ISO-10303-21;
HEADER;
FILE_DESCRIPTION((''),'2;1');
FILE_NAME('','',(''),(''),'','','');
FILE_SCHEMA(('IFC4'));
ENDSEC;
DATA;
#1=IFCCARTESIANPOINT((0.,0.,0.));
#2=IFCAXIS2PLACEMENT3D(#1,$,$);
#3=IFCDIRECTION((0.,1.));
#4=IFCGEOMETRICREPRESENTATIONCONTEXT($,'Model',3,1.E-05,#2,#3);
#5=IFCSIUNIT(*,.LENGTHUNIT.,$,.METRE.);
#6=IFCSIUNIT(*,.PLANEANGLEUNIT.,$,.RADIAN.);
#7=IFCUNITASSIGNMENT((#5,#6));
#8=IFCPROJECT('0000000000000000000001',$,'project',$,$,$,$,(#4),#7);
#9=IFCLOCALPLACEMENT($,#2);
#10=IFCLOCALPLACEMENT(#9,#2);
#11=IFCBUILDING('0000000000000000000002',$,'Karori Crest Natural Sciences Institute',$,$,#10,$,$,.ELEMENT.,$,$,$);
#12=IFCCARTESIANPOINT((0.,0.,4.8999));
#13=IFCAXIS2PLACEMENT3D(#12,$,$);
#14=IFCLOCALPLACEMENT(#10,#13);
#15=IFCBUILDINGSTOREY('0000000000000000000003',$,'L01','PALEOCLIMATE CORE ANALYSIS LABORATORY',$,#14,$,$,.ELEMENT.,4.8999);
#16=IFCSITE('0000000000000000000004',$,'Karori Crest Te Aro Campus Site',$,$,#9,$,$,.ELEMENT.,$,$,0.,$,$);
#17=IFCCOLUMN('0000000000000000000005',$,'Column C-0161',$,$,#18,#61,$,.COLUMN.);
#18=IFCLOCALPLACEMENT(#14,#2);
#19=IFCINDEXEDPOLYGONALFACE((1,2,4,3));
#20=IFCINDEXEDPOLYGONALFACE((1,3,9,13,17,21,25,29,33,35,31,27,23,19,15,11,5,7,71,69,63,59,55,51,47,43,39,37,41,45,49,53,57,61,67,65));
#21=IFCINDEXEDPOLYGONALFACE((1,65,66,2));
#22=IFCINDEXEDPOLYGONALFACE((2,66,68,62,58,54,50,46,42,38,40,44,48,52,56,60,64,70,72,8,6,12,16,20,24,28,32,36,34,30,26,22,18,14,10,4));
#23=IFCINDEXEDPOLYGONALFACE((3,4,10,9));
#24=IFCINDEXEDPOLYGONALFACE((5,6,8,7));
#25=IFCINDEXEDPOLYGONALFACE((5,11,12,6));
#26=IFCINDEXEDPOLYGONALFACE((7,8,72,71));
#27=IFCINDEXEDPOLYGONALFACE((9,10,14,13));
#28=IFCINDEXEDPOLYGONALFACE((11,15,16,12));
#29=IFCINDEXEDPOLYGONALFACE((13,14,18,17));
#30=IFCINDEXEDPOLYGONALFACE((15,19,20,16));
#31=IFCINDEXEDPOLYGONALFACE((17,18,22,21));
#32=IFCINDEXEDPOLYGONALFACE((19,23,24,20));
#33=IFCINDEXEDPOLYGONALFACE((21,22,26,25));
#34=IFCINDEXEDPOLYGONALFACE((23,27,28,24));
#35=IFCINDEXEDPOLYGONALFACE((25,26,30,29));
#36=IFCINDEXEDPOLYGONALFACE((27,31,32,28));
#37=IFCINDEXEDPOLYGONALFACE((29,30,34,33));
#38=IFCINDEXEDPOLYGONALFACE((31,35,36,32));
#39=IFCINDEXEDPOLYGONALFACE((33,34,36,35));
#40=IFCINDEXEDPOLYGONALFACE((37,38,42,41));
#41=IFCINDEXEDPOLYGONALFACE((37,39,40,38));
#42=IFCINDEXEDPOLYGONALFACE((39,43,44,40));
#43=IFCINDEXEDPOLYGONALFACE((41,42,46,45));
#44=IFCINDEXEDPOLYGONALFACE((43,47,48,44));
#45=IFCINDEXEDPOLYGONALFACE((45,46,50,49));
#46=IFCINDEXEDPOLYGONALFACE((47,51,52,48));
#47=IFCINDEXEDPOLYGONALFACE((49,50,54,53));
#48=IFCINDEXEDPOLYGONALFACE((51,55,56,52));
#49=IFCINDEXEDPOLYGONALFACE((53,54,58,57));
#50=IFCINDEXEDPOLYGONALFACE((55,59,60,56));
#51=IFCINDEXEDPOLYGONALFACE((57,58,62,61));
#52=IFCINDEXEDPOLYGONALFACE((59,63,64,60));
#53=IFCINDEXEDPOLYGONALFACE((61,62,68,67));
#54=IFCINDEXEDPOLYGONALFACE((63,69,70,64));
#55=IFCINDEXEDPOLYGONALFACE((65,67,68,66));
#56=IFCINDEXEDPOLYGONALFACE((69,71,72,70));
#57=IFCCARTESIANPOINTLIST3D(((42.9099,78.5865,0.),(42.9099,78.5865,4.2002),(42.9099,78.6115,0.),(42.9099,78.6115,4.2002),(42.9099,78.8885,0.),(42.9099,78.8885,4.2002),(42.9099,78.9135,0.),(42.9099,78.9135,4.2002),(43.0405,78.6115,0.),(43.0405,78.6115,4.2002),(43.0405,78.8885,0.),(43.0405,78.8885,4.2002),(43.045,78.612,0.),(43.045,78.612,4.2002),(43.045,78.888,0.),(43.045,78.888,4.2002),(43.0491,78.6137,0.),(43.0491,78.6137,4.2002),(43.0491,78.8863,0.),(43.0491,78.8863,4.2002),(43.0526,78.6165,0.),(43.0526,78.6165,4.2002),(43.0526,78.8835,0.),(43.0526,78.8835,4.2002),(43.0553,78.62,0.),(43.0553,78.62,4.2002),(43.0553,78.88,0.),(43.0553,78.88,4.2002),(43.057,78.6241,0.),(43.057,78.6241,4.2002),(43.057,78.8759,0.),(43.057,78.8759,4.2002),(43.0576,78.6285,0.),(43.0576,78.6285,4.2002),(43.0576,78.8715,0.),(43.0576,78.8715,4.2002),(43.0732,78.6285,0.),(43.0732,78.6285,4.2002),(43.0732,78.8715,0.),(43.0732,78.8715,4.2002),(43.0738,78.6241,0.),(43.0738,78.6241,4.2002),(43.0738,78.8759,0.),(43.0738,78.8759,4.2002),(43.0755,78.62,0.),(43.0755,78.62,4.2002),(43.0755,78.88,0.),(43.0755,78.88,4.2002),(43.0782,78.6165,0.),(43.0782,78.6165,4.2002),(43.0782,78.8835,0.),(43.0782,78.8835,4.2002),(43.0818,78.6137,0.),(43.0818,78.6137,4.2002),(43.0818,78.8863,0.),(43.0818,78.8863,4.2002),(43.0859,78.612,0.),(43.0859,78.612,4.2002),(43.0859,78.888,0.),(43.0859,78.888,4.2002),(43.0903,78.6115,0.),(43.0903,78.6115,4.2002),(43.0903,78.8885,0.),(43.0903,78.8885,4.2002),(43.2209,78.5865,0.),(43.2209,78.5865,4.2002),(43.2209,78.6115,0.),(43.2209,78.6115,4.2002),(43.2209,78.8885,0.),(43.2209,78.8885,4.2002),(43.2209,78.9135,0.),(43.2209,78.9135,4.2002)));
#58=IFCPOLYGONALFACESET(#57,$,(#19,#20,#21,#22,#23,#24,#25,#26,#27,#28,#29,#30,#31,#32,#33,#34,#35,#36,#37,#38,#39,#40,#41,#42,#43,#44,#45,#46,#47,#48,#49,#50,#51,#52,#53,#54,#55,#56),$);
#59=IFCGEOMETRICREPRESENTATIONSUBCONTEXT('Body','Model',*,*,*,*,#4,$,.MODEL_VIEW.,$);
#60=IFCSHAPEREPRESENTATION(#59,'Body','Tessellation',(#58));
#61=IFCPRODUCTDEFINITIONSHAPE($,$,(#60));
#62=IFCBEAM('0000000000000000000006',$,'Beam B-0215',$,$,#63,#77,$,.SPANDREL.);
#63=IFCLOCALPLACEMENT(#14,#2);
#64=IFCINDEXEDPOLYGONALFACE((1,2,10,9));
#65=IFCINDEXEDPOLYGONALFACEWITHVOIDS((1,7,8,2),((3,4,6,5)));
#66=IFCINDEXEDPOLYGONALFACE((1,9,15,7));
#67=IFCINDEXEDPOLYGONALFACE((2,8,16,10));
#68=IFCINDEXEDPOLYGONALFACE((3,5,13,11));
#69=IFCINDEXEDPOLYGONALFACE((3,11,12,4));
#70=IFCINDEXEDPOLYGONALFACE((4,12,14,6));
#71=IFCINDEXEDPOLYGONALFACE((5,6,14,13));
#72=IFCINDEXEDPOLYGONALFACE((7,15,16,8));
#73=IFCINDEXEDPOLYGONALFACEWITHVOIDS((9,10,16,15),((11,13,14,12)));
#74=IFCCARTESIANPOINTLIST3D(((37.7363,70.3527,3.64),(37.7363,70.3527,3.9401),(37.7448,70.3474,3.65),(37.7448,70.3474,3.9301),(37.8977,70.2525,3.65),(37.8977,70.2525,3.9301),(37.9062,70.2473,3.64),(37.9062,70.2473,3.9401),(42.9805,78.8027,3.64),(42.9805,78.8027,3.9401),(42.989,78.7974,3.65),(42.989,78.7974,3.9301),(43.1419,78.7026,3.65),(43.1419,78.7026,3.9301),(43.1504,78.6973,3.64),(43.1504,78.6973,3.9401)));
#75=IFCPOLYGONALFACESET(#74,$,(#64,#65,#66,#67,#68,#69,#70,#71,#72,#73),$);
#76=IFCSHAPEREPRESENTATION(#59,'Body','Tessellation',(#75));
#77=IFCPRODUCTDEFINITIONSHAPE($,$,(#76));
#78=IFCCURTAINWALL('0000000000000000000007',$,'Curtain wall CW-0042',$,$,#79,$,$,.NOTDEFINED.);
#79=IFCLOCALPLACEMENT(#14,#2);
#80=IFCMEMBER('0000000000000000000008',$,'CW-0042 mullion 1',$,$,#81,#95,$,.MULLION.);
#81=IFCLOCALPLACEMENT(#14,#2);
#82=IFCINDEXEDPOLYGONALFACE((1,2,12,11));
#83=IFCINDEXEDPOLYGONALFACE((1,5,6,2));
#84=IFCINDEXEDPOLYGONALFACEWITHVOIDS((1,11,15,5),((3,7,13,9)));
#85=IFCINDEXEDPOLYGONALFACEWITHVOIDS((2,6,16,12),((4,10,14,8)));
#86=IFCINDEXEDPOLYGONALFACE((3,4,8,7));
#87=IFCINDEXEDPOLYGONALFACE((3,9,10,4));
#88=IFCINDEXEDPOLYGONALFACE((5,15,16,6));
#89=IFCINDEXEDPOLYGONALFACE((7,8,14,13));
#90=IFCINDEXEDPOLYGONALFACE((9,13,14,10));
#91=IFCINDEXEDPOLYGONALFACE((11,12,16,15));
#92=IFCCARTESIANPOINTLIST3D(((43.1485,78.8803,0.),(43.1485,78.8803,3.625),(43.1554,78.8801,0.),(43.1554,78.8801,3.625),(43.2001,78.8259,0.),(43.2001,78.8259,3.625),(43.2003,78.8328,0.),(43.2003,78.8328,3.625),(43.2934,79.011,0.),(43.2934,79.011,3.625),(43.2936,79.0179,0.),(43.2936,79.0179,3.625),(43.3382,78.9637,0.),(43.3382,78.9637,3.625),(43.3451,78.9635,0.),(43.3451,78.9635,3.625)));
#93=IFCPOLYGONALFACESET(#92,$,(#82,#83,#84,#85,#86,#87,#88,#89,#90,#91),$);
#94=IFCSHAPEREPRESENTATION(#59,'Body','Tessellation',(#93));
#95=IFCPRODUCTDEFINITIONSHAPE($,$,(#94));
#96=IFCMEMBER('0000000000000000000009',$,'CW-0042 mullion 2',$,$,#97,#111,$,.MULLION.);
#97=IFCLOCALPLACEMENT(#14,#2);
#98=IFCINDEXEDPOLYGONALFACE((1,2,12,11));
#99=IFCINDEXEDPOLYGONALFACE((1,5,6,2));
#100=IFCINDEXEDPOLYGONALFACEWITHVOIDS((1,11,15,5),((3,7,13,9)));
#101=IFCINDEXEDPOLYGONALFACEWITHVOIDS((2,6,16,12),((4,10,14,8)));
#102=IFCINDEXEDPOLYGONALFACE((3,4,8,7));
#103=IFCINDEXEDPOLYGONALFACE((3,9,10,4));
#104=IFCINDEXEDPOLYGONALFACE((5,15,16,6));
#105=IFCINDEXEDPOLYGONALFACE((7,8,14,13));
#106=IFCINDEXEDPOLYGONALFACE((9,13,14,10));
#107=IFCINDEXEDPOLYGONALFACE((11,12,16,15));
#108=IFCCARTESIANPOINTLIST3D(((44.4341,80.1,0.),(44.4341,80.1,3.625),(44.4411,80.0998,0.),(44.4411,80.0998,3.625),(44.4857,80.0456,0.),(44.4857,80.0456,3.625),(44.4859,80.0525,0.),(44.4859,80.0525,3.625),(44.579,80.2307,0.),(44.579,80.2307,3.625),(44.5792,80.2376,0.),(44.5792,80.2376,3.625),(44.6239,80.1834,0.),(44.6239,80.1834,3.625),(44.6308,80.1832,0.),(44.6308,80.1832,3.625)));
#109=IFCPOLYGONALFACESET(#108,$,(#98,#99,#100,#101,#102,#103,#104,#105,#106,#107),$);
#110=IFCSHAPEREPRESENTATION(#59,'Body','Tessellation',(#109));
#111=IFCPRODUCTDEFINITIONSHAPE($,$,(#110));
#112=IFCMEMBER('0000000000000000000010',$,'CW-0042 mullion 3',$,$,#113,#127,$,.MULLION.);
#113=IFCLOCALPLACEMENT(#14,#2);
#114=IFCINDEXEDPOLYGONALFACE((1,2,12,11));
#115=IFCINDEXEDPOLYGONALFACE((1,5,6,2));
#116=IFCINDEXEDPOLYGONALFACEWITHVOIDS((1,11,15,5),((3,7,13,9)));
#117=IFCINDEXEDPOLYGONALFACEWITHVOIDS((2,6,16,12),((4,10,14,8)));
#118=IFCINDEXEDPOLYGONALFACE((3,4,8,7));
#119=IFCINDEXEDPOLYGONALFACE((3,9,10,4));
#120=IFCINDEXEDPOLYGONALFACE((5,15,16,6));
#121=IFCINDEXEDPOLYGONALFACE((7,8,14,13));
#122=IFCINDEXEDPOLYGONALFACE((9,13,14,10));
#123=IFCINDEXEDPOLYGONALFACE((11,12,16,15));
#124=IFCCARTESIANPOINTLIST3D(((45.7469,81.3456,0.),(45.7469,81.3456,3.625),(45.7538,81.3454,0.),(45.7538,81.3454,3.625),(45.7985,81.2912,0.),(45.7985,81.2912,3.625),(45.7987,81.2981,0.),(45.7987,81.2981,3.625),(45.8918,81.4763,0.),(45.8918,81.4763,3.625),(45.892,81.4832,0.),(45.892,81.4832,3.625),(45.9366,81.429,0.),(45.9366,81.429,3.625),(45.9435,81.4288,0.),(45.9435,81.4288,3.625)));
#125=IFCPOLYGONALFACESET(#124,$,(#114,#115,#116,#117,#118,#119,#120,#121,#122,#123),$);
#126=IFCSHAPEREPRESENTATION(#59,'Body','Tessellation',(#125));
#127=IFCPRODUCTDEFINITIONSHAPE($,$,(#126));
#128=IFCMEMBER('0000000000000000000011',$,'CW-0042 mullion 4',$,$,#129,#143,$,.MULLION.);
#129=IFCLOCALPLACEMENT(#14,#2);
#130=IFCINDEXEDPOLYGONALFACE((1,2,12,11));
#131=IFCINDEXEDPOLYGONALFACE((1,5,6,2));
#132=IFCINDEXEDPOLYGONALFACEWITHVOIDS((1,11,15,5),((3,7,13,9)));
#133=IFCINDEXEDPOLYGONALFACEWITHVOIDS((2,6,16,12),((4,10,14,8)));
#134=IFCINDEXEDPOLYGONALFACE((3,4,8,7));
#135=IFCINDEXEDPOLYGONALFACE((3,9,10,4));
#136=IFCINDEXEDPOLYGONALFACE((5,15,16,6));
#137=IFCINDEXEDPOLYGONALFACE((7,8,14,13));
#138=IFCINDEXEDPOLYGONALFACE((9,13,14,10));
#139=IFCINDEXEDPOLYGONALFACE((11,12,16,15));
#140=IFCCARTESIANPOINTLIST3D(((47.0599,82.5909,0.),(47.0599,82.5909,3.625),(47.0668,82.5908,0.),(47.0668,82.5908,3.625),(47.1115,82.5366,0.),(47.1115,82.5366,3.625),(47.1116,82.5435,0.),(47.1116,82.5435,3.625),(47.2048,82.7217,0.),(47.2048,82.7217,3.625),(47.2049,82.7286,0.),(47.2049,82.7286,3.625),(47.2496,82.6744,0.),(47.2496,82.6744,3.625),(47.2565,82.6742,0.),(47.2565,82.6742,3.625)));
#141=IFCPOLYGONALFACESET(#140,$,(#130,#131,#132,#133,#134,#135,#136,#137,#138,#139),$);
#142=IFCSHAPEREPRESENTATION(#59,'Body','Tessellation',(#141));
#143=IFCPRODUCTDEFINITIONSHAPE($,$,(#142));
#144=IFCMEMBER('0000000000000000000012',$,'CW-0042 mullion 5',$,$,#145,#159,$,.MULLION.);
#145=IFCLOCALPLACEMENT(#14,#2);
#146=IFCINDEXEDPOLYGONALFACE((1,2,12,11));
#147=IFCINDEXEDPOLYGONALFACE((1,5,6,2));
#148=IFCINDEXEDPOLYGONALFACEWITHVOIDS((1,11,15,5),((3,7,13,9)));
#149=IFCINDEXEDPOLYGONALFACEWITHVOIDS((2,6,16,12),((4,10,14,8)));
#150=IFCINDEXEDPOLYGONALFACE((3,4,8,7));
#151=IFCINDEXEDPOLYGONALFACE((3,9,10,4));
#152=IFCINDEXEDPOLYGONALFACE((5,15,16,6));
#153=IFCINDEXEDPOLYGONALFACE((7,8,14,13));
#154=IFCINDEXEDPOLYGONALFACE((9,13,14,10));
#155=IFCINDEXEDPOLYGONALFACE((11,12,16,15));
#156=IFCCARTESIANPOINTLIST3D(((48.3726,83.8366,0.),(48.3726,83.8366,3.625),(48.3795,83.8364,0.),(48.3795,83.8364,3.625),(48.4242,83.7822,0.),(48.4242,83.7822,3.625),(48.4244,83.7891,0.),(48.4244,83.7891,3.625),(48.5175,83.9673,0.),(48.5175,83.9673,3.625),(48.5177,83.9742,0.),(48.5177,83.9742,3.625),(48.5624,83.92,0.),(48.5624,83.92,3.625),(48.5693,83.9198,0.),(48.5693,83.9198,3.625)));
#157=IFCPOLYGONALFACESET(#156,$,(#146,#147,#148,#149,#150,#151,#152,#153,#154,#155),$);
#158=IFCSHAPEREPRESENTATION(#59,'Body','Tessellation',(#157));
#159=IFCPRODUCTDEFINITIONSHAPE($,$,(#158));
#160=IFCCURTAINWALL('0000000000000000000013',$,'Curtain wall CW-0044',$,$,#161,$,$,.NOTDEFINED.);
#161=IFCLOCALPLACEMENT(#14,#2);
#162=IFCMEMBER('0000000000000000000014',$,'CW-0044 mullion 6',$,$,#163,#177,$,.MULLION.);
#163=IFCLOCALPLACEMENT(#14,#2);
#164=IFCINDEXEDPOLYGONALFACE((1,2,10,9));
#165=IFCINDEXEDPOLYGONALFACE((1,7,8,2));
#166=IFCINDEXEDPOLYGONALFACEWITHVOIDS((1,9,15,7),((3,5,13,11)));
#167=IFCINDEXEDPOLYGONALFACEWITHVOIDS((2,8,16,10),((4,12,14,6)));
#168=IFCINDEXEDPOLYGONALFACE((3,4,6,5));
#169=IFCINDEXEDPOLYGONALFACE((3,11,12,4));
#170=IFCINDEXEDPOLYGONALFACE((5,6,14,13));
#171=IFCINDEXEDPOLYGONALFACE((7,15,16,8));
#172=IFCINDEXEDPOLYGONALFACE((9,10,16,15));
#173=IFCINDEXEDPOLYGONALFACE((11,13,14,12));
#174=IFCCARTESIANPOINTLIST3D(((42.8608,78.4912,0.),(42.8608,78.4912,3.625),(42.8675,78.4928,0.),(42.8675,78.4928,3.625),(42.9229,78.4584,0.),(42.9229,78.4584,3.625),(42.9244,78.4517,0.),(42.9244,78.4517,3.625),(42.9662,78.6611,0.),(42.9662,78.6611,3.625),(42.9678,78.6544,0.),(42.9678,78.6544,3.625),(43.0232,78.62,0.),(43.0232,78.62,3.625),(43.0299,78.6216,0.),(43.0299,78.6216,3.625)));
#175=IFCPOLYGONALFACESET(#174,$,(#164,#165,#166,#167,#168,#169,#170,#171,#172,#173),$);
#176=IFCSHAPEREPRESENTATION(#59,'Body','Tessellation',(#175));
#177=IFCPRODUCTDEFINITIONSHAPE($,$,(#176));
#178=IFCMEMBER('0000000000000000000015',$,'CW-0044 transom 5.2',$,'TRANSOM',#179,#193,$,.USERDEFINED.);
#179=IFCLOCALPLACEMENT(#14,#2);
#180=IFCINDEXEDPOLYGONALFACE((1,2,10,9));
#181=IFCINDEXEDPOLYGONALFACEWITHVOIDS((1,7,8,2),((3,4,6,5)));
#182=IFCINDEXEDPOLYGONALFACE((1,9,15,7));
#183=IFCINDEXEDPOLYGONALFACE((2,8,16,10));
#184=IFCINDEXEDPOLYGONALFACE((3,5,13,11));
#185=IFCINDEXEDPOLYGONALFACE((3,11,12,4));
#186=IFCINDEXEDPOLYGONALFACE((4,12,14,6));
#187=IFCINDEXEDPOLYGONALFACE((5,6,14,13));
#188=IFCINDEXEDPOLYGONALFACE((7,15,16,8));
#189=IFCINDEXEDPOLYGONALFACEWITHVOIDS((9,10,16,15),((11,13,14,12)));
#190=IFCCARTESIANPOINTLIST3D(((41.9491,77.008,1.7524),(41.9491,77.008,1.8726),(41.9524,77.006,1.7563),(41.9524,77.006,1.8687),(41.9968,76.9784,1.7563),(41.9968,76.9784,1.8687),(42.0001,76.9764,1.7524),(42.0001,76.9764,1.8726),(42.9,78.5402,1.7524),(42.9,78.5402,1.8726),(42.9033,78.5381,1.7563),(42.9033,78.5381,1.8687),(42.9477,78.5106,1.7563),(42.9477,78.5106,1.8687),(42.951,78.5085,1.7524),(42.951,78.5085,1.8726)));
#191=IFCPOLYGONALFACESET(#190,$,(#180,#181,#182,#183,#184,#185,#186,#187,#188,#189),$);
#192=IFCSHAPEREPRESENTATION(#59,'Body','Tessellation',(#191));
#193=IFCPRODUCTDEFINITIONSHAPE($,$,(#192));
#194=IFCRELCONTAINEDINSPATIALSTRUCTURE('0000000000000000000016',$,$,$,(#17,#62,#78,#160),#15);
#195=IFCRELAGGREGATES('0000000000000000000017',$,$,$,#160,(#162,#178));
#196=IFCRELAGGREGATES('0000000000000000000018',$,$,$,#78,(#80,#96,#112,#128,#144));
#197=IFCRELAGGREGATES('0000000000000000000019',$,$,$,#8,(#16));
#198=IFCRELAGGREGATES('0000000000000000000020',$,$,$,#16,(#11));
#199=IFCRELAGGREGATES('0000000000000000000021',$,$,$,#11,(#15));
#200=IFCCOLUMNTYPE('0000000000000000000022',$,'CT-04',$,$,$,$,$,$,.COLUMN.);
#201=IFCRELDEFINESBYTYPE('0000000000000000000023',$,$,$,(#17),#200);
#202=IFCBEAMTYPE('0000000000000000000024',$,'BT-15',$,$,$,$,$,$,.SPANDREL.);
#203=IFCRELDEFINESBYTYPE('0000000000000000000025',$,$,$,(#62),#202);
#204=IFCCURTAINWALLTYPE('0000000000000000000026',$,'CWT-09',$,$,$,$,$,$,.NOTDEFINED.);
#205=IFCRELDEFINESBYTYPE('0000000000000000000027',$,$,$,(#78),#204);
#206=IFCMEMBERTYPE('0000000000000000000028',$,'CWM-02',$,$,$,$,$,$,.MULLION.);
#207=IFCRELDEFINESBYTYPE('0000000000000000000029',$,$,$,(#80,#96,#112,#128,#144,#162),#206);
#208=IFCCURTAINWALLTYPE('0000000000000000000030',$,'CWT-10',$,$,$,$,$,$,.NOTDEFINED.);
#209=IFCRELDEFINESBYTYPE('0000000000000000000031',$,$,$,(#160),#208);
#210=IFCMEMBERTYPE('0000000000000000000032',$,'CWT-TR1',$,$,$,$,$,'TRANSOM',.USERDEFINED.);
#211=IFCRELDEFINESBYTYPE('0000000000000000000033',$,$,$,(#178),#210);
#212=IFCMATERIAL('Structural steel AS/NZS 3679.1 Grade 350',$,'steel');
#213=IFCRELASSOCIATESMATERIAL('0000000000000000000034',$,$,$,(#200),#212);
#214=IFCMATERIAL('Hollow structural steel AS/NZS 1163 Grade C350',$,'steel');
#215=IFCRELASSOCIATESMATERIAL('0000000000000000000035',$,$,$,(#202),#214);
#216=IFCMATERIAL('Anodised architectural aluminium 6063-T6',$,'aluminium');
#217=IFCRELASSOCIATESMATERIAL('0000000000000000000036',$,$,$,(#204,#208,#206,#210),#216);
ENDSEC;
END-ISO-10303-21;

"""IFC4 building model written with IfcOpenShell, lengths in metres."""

from ifc_helpers import new_model, si_unit, direction, frame, origin, origin_2d, place, context, subcontext, project, spatial, hollow_rectangle, i_section, extrude, material, material_profile, profile_set, type_object, element, aggregate, save


model = new_model("IFC4")

# Units and contexts
model_context = context("Model", 3, precision=1e-05, world=origin(), true_north=direction((0.0, 1.0)))
body_context = subcontext(model_context, "Body", "Model", "MODEL_VIEW")
ifc_project = project(units=[si_unit("LENGTHUNIT", "METRE"), si_unit("PLANEANGLEUNIT", "RADIAN")], contexts=[model_context])

# Site, building, storey
site_placement = place(None, origin())
site = spatial("IfcSite", under=ifc_project, at=site_placement, Name="Karori Crest Te Aro Campus Site", CompositionType="ELEMENT", RefElevation=0.0)
building_placement = place(site_placement, origin())
building = spatial("IfcBuilding", under=site, at=building_placement, Name="Karori Crest Natural Sciences Institute", CompositionType="ELEMENT")
storey_placement = place(building_placement, frame((0.0, 0.0, 4.8999)))
storey = spatial("IfcBuildingStorey", under=building, at=storey_placement, Name="L01", Description="PALEOCLIMATE CORE ANALYSIS LABORATORY", CompositionType="ELEMENT", Elevation=4.8999)

# Column
ifc_material_1 = material(Name="Structural steel AS/NZS 3679.1 Grade 350", Category="steel")
ifc_material_profile_1 = material_profile(ifc_material_1, i_section(OverallWidth=0.311, OverallDepth=0.3269, WebThickness=0.0156, FlangeThickness=0.0249, FilletRadius=0.0171, at=origin_2d()), Name="310UC158")
ifc_profile_set_1 = profile_set([ifc_material_profile_1], Name="Structural steel AS/NZS 3679.1 Grade 350")
column_type = type_object("IfcColumnType", Name="CT-04", PredefinedType="COLUMN", material=ifc_profile_set_1)
column_placement = place(storey_placement, frame((43.0654, 78.75, 0.0), z_axis=(0.0, 0.0, 1.0), x_axis=(1.0, 0.0, 0.0)))
element("IfcColumn", 1, at=column_placement, inside=storey, type_object=column_type, Name="Column C-0161", PredefinedType="COLUMN", context=body_context, shape_type="SweptSolid", body=[
    extrude(i_section(OverallWidth=0.311, OverallDepth=0.3269, WebThickness=0.0156, FlangeThickness=0.0249, FilletRadius=0.0171, at=origin_2d()), origin(), (0.0, 0.0, 1.0), 4.2002),
])

# Beam
ifc_material_2 = material(Name="Hollow structural steel AS/NZS 1163 Grade C350", Category="steel")
ifc_material_profile_2 = material_profile(ifc_material_2, hollow_rectangle(XDim=0.2, YDim=0.3, WallThickness=0.01, at=origin_2d()), Name="RHS300x200x10")
ifc_profile_set_2 = profile_set([ifc_material_profile_2], Name="Hollow structural steel AS/NZS 1163 Grade C350")
beam_type = type_object("IfcBeamType", Name="BT-15", PredefinedType="SPANDREL", material=ifc_profile_set_2)
beam_placement = place(storey_placement, frame((43.0654, 78.75, 3.79), z_axis=(-0.527315, -0.84967, 0.0), x_axis=(0.84967, -0.527315, 0.0)))
element("IfcBeam", 2, at=beam_placement, inside=storey, type_object=beam_type, Name="Beam B-0215", PredefinedType="SPANDREL", context=body_context, shape_type="SweptSolid", body=[
    extrude(hollow_rectangle(XDim=0.2, YDim=0.3, WallThickness=0.01, at=origin_2d()), origin(), (0.0, 0.0, 1.0), 9.9451),
])

# Curtain walls, members
ifc_material_3 = material(Name="Anodised architectural aluminium 6063-T6", Category="aluminium")
curtain_wall_type_1 = type_object("IfcCurtainWallType", Name="CWT-09", PredefinedType="NOTDEFINED", material=ifc_material_3)
curtain_wall_1_placement = place(storey_placement, origin())
curtain_wall_1 = element("IfcCurtainWall", 3, at=curtain_wall_1_placement, inside=storey, type_object=curtain_wall_type_1, Name="Curtain wall CW-0042", PredefinedType="NOTDEFINED")
ifc_material_profile_3 = material_profile(ifc_material_3, hollow_rectangle(XDim=0.075, YDim=0.2, WallThickness=0.0049, at=origin_2d()), Name="CWM200x75x5")
ifc_profile_set_3 = profile_set([ifc_material_profile_3], Name="Anodised architectural aluminium 6063-T6")
member_type_1 = type_object("IfcMemberType", Name="CWM-02", PredefinedType="MULLION", material=ifc_profile_set_3)
member_1_placement = place(storey_placement, frame((43.2468, 78.9219, 0.0), z_axis=(0.0, 0.0, 1.0), x_axis=(-0.688251, 0.725473, 0.0)))
member_1 = element("IfcMember", 4, at=member_1_placement, type_object=member_type_1, Name="CW-0042 mullion 1", PredefinedType="MULLION", context=body_context, shape_type="SweptSolid", body=[
    extrude(hollow_rectangle(XDim=0.075, YDim=0.2, WallThickness=0.0049, at=origin_2d()), origin(), (0.0, 0.0, 1.0), 3.625),
])
member_2_placement = place(storey_placement, frame((44.5325, 80.1416, 0.0), z_axis=(0.0, 0.0, 1.0), x_axis=(-0.688251, 0.725473, 0.0)))
member_2 = element("IfcMember", 5, at=member_2_placement, type_object=member_type_1, Name="CW-0042 mullion 2", PredefinedType="MULLION", context=body_context, shape_type="SweptSolid", body=[
    extrude(hollow_rectangle(XDim=0.075, YDim=0.2, WallThickness=0.0049, at=origin_2d()), origin(), (0.0, 0.0, 1.0), 3.625),
])
member_3_placement = place(storey_placement, frame((45.8452, 81.3872, 0.0), z_axis=(0.0, 0.0, 1.0), x_axis=(-0.688251, 0.725473, 0.0)))
member_3 = element("IfcMember", 6, at=member_3_placement, type_object=member_type_1, Name="CW-0042 mullion 3", PredefinedType="MULLION", context=body_context, shape_type="SweptSolid", body=[
    extrude(hollow_rectangle(XDim=0.075, YDim=0.2, WallThickness=0.0049, at=origin_2d()), origin(), (0.0, 0.0, 1.0), 3.625),
])
member_4_placement = place(storey_placement, frame((47.1582, 82.6326, 0.0), z_axis=(0.0, 0.0, 1.0), x_axis=(-0.688251, 0.725473, 0.0)))
member_4 = element("IfcMember", 7, at=member_4_placement, type_object=member_type_1, Name="CW-0042 mullion 4", PredefinedType="MULLION", context=body_context, shape_type="SweptSolid", body=[
    extrude(hollow_rectangle(XDim=0.075, YDim=0.2, WallThickness=0.0049, at=origin_2d()), origin(), (0.0, 0.0, 1.0), 3.625),
])
member_5_placement = place(storey_placement, frame((48.4709, 83.8782, 0.0), z_axis=(0.0, 0.0, 1.0), x_axis=(-0.688251, 0.725473, 0.0)))
member_5 = element("IfcMember", 8, at=member_5_placement, type_object=member_type_1, Name="CW-0042 mullion 5", PredefinedType="MULLION", context=body_context, shape_type="SweptSolid", body=[
    extrude(hollow_rectangle(XDim=0.075, YDim=0.2, WallThickness=0.0049, at=origin_2d()), origin(), (0.0, 0.0, 1.0), 3.625),
])
curtain_wall_type_2 = type_object("IfcCurtainWallType", Name="CWT-10", PredefinedType="NOTDEFINED", material=ifc_material_3)
curtain_wall_2_placement = place(storey_placement, origin())
curtain_wall_2 = element("IfcCurtainWall", 9, at=curtain_wall_2_placement, inside=storey, type_object=curtain_wall_type_2, Name="Curtain wall CW-0044", PredefinedType="NOTDEFINED")
member_6_placement = place(storey_placement, frame((42.9453, 78.5564, 0.0), z_axis=(0.0, 0.0, 1.0), x_axis=(-0.849662, 0.527328, 0.0)))
member_6 = element("IfcMember", 10, at=member_6_placement, type_object=member_type_1, Name="CW-0044 mullion 6", PredefinedType="MULLION", context=body_context, shape_type="SweptSolid", body=[
    extrude(hollow_rectangle(XDim=0.075, YDim=0.2, WallThickness=0.0049, at=origin_2d()), origin(), (0.0, 0.0, 1.0), 3.625),
])
ifc_material_profile_4 = material_profile(ifc_material_3, hollow_rectangle(XDim=0.0601, YDim=0.1201, WallThickness=0.0039, at=origin_2d()), Name="CWT120x60x4")
ifc_profile_set_4 = profile_set([ifc_material_profile_4], Name="Anodised architectural aluminium 6063-T6")
member_type_2 = type_object("IfcMemberType", Name="CWT-TR1", ElementType="TRANSOM", PredefinedType="USERDEFINED", material=ifc_profile_set_4)
member_7_placement = place(storey_placement, frame((41.9746, 76.9922, 1.8125), z_axis=(0.527319, 0.849667, 0.0), x_axis=(-0.849667, 0.527319, 0.0)))
member_7 = element("IfcMember", 11, at=member_7_placement, type_object=member_type_2, Name="CW-0044 transom 5.2", ObjectType="TRANSOM", PredefinedType="USERDEFINED", context=body_context, shape_type="SweptSolid", body=[
    extrude(hollow_rectangle(XDim=0.0601, YDim=0.1201, WallThickness=0.0039, at=origin_2d()), origin(), (0.0, 0.0, 1.0), 1.8032),
])

aggregate(curtain_wall_2, [member_6, member_7])
aggregate(curtain_wall_1, [member_1, member_2, member_3, member_4, member_5])

save(model, "model.ifc")
